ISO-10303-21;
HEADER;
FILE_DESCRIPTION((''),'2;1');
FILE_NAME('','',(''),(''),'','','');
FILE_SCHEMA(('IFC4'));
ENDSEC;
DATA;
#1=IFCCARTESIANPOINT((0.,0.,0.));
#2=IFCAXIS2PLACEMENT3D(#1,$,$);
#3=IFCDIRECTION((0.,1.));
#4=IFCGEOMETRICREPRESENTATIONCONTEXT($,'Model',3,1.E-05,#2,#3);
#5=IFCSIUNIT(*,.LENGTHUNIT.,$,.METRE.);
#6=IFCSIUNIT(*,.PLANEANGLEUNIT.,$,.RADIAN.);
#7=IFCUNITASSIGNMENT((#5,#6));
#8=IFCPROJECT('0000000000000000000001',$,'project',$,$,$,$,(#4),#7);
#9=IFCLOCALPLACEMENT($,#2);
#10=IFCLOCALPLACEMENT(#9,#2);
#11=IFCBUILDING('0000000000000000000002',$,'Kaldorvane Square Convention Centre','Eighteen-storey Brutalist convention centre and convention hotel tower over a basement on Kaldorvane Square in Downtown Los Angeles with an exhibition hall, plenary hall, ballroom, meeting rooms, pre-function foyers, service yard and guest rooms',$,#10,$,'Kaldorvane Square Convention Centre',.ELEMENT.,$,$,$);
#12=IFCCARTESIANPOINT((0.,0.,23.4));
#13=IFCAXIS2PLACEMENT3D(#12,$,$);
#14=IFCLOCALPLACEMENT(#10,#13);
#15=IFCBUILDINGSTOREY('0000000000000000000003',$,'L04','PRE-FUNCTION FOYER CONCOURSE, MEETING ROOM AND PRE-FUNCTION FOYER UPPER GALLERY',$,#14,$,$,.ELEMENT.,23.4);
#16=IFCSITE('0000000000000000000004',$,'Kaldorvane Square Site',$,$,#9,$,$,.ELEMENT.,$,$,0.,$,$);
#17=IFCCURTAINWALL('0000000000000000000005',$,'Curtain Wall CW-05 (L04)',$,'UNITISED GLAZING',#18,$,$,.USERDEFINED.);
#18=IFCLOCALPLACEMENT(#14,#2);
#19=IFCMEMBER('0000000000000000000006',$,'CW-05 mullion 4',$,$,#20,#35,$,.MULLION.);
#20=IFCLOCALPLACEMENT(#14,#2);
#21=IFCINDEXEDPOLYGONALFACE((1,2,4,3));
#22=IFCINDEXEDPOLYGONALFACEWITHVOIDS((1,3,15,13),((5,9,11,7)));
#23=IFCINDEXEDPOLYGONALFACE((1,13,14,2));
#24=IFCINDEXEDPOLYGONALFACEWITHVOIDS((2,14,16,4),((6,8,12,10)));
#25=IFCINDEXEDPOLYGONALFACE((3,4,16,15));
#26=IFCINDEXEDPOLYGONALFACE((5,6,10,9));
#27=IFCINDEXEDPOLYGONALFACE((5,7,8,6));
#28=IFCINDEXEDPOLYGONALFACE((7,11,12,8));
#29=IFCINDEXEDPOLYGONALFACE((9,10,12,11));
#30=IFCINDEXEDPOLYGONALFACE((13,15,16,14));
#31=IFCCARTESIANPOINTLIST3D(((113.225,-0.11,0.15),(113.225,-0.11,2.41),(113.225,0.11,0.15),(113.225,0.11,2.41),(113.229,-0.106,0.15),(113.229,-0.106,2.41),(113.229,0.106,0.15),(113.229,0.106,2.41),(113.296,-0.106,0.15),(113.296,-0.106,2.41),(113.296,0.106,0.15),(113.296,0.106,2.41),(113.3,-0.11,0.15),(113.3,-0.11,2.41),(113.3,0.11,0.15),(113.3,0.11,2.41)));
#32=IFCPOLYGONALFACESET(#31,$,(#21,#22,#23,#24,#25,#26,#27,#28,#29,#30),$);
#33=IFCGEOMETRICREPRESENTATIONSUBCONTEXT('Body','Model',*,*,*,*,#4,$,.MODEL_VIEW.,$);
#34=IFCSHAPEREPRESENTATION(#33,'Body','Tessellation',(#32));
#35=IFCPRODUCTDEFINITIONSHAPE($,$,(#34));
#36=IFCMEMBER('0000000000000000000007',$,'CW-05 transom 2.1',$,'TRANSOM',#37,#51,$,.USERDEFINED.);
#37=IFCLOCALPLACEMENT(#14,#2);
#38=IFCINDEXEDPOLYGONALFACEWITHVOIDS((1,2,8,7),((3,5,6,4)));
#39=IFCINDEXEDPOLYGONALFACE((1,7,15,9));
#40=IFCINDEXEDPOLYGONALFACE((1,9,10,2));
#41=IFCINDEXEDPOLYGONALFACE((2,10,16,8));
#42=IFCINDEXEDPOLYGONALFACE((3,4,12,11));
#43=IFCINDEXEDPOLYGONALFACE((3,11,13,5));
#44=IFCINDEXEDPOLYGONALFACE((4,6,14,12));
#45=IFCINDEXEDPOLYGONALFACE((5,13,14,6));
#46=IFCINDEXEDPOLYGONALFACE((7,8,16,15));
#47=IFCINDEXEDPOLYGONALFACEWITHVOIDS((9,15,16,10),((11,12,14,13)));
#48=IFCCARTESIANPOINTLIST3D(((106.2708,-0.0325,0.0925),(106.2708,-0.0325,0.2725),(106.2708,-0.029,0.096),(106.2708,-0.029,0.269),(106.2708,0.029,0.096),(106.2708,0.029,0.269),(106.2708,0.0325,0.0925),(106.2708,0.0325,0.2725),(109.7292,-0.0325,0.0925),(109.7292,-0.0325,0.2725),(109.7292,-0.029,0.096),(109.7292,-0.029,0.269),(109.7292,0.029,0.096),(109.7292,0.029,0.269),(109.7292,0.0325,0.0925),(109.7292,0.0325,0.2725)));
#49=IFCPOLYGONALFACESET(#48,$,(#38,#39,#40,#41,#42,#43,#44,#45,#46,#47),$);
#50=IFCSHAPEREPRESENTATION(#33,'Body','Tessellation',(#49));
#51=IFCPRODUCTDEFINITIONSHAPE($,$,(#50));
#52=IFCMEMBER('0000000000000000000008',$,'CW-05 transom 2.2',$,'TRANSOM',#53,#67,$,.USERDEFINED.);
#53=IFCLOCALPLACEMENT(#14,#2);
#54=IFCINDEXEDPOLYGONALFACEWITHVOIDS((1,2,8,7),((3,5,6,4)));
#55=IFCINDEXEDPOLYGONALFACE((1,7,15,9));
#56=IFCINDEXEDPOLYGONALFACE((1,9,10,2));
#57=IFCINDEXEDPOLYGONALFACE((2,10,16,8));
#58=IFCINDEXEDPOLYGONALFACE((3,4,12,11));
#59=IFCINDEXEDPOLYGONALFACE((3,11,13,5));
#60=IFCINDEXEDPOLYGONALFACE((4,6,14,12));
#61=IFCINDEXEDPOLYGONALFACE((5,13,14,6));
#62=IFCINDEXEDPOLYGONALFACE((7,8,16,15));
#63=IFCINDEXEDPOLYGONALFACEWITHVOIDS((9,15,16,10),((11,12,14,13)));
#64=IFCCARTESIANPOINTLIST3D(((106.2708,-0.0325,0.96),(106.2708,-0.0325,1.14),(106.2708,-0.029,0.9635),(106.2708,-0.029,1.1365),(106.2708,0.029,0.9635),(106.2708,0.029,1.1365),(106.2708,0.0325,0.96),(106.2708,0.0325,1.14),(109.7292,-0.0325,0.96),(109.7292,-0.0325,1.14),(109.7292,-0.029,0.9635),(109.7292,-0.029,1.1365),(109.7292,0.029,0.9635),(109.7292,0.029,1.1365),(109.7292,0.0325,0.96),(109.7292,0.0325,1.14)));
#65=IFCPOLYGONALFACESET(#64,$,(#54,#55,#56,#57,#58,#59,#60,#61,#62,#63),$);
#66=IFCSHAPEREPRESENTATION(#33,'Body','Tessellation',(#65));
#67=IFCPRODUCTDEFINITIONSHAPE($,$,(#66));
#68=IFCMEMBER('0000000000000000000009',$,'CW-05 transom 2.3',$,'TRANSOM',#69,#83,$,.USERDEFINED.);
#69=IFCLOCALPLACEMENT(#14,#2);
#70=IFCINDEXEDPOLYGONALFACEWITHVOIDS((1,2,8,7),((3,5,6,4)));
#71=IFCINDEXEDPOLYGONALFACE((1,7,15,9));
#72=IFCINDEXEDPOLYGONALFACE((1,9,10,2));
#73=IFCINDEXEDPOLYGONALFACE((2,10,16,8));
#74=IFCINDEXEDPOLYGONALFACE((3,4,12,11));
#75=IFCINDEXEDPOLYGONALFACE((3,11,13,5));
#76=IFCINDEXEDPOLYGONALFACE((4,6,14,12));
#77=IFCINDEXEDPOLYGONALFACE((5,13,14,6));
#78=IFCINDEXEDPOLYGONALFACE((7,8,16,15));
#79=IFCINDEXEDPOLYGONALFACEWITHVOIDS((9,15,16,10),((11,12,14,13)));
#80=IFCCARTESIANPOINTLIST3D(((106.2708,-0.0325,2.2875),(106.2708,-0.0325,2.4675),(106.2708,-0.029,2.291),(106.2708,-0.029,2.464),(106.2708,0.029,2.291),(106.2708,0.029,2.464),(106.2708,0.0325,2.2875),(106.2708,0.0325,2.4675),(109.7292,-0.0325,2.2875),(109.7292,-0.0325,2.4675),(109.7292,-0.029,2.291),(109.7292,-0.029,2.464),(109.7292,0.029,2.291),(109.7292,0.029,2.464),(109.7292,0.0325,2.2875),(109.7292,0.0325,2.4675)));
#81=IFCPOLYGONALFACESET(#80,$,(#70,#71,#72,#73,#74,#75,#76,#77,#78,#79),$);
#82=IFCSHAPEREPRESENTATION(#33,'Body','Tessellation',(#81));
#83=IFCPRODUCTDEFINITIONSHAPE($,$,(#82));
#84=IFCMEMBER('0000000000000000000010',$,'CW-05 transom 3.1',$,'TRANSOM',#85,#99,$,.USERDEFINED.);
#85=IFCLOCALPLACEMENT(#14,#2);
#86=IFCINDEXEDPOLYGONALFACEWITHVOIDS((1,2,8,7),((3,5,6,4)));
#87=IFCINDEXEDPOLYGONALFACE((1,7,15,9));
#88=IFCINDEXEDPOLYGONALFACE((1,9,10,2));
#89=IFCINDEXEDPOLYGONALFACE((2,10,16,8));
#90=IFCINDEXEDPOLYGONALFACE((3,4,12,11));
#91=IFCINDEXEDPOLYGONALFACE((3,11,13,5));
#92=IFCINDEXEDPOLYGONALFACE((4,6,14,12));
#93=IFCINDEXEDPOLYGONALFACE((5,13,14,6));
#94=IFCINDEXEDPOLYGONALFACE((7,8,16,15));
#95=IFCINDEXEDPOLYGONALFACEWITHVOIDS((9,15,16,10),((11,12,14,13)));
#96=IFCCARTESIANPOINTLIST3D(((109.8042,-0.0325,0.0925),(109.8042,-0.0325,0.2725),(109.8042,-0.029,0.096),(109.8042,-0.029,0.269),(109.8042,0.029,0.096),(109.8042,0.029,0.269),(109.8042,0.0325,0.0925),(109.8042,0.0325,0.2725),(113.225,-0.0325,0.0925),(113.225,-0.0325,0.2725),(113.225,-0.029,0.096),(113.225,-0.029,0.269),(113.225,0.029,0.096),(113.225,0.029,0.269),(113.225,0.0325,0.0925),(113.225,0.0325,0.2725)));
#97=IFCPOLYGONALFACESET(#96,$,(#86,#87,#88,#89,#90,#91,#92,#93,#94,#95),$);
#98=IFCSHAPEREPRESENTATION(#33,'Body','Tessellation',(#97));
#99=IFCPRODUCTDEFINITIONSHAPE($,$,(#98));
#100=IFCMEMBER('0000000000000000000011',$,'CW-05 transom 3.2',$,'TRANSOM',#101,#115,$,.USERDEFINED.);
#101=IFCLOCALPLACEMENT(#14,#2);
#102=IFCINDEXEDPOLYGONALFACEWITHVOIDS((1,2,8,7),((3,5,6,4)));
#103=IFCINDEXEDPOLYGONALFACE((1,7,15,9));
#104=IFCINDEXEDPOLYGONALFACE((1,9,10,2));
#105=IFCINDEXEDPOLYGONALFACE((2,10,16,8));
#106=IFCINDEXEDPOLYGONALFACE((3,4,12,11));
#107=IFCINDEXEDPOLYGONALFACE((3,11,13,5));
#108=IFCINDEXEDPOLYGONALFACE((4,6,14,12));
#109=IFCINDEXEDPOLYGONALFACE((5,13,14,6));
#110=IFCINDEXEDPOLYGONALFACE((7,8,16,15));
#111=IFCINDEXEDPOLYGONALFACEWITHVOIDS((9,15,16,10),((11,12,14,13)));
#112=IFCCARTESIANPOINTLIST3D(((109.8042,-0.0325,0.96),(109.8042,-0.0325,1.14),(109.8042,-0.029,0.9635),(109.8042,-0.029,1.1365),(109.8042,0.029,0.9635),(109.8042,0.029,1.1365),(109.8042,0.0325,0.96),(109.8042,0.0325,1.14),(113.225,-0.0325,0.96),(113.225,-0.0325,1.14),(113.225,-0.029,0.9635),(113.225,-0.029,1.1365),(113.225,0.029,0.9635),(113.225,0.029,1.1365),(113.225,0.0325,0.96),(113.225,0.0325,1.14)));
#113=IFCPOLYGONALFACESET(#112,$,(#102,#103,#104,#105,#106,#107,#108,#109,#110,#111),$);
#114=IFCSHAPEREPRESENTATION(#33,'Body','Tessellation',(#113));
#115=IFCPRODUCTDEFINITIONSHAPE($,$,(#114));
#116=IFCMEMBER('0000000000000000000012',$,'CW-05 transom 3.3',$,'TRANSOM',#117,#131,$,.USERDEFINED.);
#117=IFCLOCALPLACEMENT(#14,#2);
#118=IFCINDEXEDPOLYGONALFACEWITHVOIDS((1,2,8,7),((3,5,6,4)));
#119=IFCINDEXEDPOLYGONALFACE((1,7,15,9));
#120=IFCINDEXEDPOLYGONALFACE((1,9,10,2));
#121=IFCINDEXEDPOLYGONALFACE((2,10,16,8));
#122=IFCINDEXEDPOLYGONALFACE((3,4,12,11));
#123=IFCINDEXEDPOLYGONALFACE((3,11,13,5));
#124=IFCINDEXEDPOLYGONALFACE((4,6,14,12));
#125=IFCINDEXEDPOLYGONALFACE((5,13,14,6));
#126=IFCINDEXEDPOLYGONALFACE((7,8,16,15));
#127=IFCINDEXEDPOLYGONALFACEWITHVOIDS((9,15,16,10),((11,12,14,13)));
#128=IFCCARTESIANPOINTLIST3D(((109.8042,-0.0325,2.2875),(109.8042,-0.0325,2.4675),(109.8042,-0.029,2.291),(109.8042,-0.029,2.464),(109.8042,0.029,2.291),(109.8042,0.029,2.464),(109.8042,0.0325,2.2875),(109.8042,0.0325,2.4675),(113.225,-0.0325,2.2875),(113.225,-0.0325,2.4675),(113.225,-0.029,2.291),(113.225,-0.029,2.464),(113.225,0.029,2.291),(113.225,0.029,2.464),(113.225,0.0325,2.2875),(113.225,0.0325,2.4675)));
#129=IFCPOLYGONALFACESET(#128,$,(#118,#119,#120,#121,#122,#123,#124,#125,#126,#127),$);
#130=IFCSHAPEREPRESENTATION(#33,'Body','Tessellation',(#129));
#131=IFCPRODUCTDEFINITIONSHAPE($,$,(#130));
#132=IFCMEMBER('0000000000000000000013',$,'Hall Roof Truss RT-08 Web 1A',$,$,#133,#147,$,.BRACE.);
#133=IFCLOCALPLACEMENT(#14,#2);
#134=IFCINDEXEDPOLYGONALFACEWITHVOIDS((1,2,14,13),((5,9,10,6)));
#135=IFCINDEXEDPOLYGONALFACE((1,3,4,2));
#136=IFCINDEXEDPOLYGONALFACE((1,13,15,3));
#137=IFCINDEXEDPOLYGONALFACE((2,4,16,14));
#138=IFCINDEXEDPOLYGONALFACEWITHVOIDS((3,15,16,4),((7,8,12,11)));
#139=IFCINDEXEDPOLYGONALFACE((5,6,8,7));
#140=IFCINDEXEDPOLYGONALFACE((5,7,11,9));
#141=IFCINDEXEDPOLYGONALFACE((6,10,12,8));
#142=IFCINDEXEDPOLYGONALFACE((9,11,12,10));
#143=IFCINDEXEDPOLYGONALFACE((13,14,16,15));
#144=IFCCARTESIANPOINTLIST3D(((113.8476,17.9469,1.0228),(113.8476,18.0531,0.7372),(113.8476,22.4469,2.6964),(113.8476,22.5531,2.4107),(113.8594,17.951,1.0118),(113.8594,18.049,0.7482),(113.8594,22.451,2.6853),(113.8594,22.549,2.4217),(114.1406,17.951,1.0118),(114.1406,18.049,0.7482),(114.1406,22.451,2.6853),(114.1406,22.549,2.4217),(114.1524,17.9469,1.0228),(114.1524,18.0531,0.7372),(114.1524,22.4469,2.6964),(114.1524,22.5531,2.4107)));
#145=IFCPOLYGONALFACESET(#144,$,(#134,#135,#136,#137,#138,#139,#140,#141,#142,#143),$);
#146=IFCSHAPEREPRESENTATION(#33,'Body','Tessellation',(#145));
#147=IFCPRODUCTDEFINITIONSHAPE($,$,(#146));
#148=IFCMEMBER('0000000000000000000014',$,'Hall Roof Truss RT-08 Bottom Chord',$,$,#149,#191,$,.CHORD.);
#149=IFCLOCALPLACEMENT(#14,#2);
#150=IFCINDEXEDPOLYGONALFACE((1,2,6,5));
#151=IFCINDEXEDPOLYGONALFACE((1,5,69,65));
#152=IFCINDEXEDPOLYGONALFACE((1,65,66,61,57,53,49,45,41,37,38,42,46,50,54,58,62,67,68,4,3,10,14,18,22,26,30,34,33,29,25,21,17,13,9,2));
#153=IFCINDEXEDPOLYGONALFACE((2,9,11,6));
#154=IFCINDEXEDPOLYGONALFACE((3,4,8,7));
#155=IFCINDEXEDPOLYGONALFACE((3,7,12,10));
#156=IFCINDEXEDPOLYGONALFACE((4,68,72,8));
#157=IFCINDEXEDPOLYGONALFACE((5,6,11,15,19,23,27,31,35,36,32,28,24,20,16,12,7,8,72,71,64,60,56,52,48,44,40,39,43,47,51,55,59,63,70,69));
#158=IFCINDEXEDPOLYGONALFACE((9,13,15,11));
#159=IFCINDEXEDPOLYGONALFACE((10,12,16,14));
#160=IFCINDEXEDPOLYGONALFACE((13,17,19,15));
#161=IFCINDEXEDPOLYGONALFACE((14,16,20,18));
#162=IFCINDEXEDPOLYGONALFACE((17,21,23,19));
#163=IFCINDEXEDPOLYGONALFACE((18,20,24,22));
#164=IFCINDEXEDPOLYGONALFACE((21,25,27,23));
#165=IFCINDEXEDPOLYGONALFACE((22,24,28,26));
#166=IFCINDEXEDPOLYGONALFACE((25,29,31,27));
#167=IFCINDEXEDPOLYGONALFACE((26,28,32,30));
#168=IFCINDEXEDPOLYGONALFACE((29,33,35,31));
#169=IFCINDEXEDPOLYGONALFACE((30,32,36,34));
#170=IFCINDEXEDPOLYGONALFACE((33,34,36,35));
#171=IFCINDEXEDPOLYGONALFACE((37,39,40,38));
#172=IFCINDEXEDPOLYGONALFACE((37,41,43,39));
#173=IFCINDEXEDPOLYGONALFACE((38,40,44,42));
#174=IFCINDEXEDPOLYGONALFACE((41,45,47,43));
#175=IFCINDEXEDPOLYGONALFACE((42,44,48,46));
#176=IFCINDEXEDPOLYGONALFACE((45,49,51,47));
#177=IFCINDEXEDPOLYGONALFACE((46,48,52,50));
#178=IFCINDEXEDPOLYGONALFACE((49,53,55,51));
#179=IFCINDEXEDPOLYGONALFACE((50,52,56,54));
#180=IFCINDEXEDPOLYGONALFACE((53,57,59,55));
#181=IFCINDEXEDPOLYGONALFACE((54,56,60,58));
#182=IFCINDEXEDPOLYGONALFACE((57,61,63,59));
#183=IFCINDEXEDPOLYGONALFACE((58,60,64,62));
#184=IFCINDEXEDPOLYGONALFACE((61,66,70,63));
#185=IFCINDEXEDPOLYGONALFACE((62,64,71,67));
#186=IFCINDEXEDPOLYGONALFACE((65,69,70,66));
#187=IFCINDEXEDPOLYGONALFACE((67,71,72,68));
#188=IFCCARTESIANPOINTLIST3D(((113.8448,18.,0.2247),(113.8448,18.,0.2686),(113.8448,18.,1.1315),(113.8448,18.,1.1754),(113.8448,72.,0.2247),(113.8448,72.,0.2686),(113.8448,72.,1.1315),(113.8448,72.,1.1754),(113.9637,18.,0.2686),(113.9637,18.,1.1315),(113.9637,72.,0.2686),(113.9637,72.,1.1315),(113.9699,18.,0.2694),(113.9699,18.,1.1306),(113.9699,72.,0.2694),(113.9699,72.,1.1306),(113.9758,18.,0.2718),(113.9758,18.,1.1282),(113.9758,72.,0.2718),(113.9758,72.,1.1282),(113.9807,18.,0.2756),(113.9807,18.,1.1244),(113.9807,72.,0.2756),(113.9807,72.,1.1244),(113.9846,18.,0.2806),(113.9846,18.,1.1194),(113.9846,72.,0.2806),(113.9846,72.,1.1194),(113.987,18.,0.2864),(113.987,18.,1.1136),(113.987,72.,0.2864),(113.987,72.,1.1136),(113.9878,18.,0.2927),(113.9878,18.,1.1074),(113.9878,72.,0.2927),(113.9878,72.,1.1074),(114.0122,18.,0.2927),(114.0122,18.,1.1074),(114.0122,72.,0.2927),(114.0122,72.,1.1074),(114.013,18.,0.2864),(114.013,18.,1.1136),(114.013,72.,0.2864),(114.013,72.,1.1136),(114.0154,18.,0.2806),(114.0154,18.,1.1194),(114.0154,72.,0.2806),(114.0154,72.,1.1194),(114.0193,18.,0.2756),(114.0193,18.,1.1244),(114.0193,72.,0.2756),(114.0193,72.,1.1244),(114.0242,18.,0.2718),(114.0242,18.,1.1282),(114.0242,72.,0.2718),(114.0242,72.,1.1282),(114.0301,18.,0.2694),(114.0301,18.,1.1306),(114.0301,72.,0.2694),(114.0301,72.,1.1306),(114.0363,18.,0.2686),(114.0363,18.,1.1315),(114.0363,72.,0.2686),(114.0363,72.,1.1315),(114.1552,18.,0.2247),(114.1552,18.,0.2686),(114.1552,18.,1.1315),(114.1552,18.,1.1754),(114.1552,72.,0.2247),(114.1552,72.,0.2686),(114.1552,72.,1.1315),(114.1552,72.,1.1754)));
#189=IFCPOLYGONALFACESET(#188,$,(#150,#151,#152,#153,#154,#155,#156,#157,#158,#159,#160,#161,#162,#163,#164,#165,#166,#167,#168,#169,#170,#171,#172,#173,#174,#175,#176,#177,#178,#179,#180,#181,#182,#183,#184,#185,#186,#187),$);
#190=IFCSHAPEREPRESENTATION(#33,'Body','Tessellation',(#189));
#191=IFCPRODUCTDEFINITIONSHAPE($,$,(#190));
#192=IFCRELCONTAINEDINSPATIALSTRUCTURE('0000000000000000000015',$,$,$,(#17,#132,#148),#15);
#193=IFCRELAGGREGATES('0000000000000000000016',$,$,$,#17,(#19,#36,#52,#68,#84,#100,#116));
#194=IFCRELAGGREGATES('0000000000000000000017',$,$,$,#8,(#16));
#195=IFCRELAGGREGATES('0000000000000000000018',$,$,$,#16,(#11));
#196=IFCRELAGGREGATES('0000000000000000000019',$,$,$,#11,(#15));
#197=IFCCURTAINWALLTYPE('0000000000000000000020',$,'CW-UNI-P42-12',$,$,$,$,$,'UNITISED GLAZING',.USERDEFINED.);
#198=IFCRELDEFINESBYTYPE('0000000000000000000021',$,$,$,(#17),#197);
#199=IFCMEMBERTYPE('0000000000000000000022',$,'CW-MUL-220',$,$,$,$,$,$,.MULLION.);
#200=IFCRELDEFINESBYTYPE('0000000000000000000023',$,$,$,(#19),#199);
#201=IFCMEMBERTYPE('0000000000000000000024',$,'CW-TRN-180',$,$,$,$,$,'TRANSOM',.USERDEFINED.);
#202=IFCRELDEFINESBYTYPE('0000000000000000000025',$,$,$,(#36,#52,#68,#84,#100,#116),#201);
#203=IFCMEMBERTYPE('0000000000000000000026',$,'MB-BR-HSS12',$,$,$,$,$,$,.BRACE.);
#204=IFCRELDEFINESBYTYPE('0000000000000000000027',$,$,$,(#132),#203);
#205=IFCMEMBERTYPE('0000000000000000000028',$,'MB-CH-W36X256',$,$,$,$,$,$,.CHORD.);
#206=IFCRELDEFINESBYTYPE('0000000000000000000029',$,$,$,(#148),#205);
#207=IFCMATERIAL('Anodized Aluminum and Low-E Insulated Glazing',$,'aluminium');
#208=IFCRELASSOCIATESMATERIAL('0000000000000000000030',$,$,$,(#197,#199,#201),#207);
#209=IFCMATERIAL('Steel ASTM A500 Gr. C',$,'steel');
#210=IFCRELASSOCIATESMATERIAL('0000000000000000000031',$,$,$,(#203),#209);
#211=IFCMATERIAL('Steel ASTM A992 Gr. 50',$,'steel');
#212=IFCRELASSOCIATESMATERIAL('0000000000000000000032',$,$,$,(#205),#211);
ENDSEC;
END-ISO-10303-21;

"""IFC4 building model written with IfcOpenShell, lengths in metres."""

from ifc_helpers import new_model, si_unit, direction, frame, origin, origin_2d, place, context, subcontext, project, spatial, hollow_rectangle, i_section, extrude, material, material_profile, profile_set, type_object, element, aggregate, save


model = new_model("IFC4")

# Units and contexts
model_context = context("Model", 3, precision=1e-05, world=origin(), true_north=direction((0.0, 1.0)))
body_context = subcontext(model_context, "Body", "Model", "MODEL_VIEW")
ifc_project = project(units=[si_unit("LENGTHUNIT", "METRE"), si_unit("PLANEANGLEUNIT", "RADIAN")], contexts=[model_context])

# Site, building, storey
site_placement = place(None, origin())
site = spatial("IfcSite", under=ifc_project, at=site_placement, Name="Kaldorvane Square Site", CompositionType="ELEMENT", RefElevation=0.0)
building_placement = place(site_placement, origin())
building = spatial("IfcBuilding", under=site, at=building_placement, Name="Kaldorvane Square Convention Centre", Description="Eighteen-storey Brutalist convention centre and convention hotel tower over a basement on Kaldorvane Square in Downtown Los Angeles with an exhibition hall, plenary hall, ballroom, meeting rooms, pre-function foyers, service yard and guest rooms", LongName="Kaldorvane Square Convention Centre", CompositionType="ELEMENT")
storey_placement = place(building_placement, frame((0.0, 0.0, 23.4)))
storey = spatial("IfcBuildingStorey", under=building, at=storey_placement, Name="L04", Description="PRE-FUNCTION FOYER CONCOURSE, MEETING ROOM AND PRE-FUNCTION FOYER UPPER GALLERY", CompositionType="ELEMENT", Elevation=23.4)

# Shared definitions
ifc_material_1 = material(Name="Steel ASTM A992 Gr. 50", Category="steel")

# Curtain wall, members
ifc_material_2 = material(Name="Anodized Aluminum and Low-E Insulated Glazing", Category="aluminium")
curtain_wall_type = type_object("IfcCurtainWallType", Name="CW-UNI-P42-12", ElementType="UNITISED GLAZING", PredefinedType="USERDEFINED", material=ifc_material_2)
curtain_wall_placement = place(storey_placement, origin())
curtain_wall = element("IfcCurtainWall", 1, at=curtain_wall_placement, inside=storey, type_object=curtain_wall_type, Name="Curtain Wall CW-05 (L04)", ObjectType="UNITISED GLAZING", PredefinedType="USERDEFINED")
ifc_material_profile_1 = material_profile(ifc_material_2, hollow_rectangle(XDim=0.075, YDim=0.22, WallThickness=0.004, at=origin_2d()), Name="CWM-220X75")
ifc_profile_set_1 = profile_set([ifc_material_profile_1], Name="Anodized Aluminum and Low-E Insulated Glazing")
member_type_1 = type_object("IfcMemberType", Name="CW-MUL-220", PredefinedType="MULLION", material=ifc_profile_set_1)
member_1_placement = place(storey_placement, frame((113.2625, 0.0, 0.15), z_axis=(0.0, 0.0, 1.0), x_axis=(1.0, 0.0, 0.0)))
member_1 = element("IfcMember", 2, at=member_1_placement, type_object=member_type_1, Name="CW-05 mullion 4", PredefinedType="MULLION", context=body_context, shape_type="SweptSolid", body=[
    extrude(hollow_rectangle(XDim=0.075, YDim=0.22, WallThickness=0.004, at=origin_2d()), origin(), (0.0, 0.0, 1.0), 2.26),
])
ifc_material_profile_2 = material_profile(ifc_material_2, hollow_rectangle(XDim=0.065, YDim=0.18, WallThickness=0.0035, at=origin_2d()), Name="CWT-180X65")
ifc_profile_set_2 = profile_set([ifc_material_profile_2], Name="Anodized Aluminum and Low-E Insulated Glazing")
member_type_2 = type_object("IfcMemberType", Name="CW-TRN-180", ElementType="TRANSOM", PredefinedType="USERDEFINED", material=ifc_profile_set_2)
member_2_placement = place(storey_placement, frame((106.2708, 0.0, 0.1825), z_axis=(1.0, 0.0, 0.0), x_axis=(0.0, 1.0, 0.0)))
member_2 = element("IfcMember", 3, at=member_2_placement, type_object=member_type_2, Name="CW-05 transom 2.1", ObjectType="TRANSOM", PredefinedType="USERDEFINED", context=body_context, shape_type="SweptSolid", body=[
    extrude(hollow_rectangle(XDim=0.065, YDim=0.18, WallThickness=0.0035, at=origin_2d()), origin(), (0.0, 0.0, 1.0), 3.4583),
])
member_3_placement = place(storey_placement, frame((106.2708, 0.0, 1.05), z_axis=(1.0, 0.0, 0.0), x_axis=(0.0, 1.0, 0.0)))
member_3 = element("IfcMember", 4, at=member_3_placement, type_object=member_type_2, Name="CW-05 transom 2.2", ObjectType="TRANSOM", PredefinedType="USERDEFINED", context=body_context, shape_type="SweptSolid", body=[
    extrude(hollow_rectangle(XDim=0.065, YDim=0.18, WallThickness=0.0035, at=origin_2d()), origin(), (0.0, 0.0, 1.0), 3.4583),
])
member_4_placement = place(storey_placement, frame((106.2708, 0.0, 2.3775), z_axis=(1.0, 0.0, 0.0), x_axis=(0.0, 1.0, 0.0)))
member_4 = element("IfcMember", 5, at=member_4_placement, type_object=member_type_2, Name="CW-05 transom 2.3", ObjectType="TRANSOM", PredefinedType="USERDEFINED", context=body_context, shape_type="SweptSolid", body=[
    extrude(hollow_rectangle(XDim=0.065, YDim=0.18, WallThickness=0.0035, at=origin_2d()), origin(), (0.0, 0.0, 1.0), 3.4583),
])
member_5_placement = place(storey_placement, frame((109.8042, 0.0, 0.1825), z_axis=(1.0, 0.0, 0.0), x_axis=(0.0, 1.0, 0.0)))
member_5 = element("IfcMember", 6, at=member_5_placement, type_object=member_type_2, Name="CW-05 transom 3.1", ObjectType="TRANSOM", PredefinedType="USERDEFINED", context=body_context, shape_type="SweptSolid", body=[
    extrude(hollow_rectangle(XDim=0.065, YDim=0.18, WallThickness=0.0035, at=origin_2d()), origin(), (0.0, 0.0, 1.0), 3.4208),
])
member_6_placement = place(storey_placement, frame((109.8042, 0.0, 1.05), z_axis=(1.0, 0.0, 0.0), x_axis=(0.0, 1.0, 0.0)))
member_6 = element("IfcMember", 7, at=member_6_placement, type_object=member_type_2, Name="CW-05 transom 3.2", ObjectType="TRANSOM", PredefinedType="USERDEFINED", context=body_context, shape_type="SweptSolid", body=[
    extrude(hollow_rectangle(XDim=0.065, YDim=0.18, WallThickness=0.0035, at=origin_2d()), origin(), (0.0, 0.0, 1.0), 3.4208),
])
member_7_placement = place(storey_placement, frame((109.8042, 0.0, 2.3775), z_axis=(1.0, 0.0, 0.0), x_axis=(0.0, 1.0, 0.0)))
member_7 = element("IfcMember", 8, at=member_7_placement, type_object=member_type_2, Name="CW-05 transom 3.3", ObjectType="TRANSOM", PredefinedType="USERDEFINED", context=body_context, shape_type="SweptSolid", body=[
    extrude(hollow_rectangle(XDim=0.065, YDim=0.18, WallThickness=0.0035, at=origin_2d()), origin(), (0.0, 0.0, 1.0), 3.4208),
])

# Members
ifc_material_3 = material(Name="Steel ASTM A500 Gr. C", Category="steel")
ifc_material_profile_3 = material_profile(ifc_material_3, hollow_rectangle(XDim=0.3048, YDim=0.3048, WallThickness=0.0118, at=origin_2d()), Name="HSS12X12X1/2")
ifc_profile_set_3 = profile_set([ifc_material_profile_3], Name="Steel ASTM A500 Gr. C")
member_type_3 = type_object("IfcMemberType", Name="MB-BR-HSS12", PredefinedType="BRACE", material=ifc_profile_set_3)
member_8_placement = place(storey_placement, frame((114.0, 18.0, 0.88), z_axis=(0.0, 0.937284, 0.348567), x_axis=(-1.0, 0.0, 0.0)))
element("IfcMember", 9, at=member_8_placement, inside=storey, type_object=member_type_3, Name="Hall Roof Truss RT-08 Web 1A", PredefinedType="BRACE", context=body_context, shape_type="SweptSolid", body=[
    extrude(hollow_rectangle(XDim=0.3048, YDim=0.3048, WallThickness=0.0118, at=origin_2d()), origin(), (0.0, 0.0, 1.0), 4.8011),
])
ifc_material_profile_4 = material_profile(ifc_material_1, i_section(OverallWidth=0.3103, OverallDepth=0.9507, WebThickness=0.0244, FlangeThickness=0.0439, FilletRadius=0.0241, at=origin_2d()), Name="W36X256")
ifc_profile_set_4 = profile_set([ifc_material_profile_4], Name="Steel ASTM A992 Gr. 50")
member_type_4 = type_object("IfcMemberType", Name="MB-CH-W36X256", PredefinedType="CHORD", material=ifc_profile_set_4)
member_9_placement = place(storey_placement, frame((114.0, 18.0, 0.7), z_axis=(0.0, 1.0, 0.0), x_axis=(-1.0, 0.0, 0.0)))
element("IfcMember", 10, at=member_9_placement, inside=storey, type_object=member_type_4, Name="Hall Roof Truss RT-08 Bottom Chord", PredefinedType="CHORD", context=body_context, shape_type="SweptSolid", body=[
    extrude(i_section(OverallWidth=0.3103, OverallDepth=0.9507, WebThickness=0.0244, FlangeThickness=0.0439, FilletRadius=0.0241, at=origin_2d()), origin(), (0.0, 0.0, 1.0), 54.0),
])

aggregate(curtain_wall, [member_1, member_2, member_3, member_4, member_5, member_6, member_7])

save(model, "model.ifc")
